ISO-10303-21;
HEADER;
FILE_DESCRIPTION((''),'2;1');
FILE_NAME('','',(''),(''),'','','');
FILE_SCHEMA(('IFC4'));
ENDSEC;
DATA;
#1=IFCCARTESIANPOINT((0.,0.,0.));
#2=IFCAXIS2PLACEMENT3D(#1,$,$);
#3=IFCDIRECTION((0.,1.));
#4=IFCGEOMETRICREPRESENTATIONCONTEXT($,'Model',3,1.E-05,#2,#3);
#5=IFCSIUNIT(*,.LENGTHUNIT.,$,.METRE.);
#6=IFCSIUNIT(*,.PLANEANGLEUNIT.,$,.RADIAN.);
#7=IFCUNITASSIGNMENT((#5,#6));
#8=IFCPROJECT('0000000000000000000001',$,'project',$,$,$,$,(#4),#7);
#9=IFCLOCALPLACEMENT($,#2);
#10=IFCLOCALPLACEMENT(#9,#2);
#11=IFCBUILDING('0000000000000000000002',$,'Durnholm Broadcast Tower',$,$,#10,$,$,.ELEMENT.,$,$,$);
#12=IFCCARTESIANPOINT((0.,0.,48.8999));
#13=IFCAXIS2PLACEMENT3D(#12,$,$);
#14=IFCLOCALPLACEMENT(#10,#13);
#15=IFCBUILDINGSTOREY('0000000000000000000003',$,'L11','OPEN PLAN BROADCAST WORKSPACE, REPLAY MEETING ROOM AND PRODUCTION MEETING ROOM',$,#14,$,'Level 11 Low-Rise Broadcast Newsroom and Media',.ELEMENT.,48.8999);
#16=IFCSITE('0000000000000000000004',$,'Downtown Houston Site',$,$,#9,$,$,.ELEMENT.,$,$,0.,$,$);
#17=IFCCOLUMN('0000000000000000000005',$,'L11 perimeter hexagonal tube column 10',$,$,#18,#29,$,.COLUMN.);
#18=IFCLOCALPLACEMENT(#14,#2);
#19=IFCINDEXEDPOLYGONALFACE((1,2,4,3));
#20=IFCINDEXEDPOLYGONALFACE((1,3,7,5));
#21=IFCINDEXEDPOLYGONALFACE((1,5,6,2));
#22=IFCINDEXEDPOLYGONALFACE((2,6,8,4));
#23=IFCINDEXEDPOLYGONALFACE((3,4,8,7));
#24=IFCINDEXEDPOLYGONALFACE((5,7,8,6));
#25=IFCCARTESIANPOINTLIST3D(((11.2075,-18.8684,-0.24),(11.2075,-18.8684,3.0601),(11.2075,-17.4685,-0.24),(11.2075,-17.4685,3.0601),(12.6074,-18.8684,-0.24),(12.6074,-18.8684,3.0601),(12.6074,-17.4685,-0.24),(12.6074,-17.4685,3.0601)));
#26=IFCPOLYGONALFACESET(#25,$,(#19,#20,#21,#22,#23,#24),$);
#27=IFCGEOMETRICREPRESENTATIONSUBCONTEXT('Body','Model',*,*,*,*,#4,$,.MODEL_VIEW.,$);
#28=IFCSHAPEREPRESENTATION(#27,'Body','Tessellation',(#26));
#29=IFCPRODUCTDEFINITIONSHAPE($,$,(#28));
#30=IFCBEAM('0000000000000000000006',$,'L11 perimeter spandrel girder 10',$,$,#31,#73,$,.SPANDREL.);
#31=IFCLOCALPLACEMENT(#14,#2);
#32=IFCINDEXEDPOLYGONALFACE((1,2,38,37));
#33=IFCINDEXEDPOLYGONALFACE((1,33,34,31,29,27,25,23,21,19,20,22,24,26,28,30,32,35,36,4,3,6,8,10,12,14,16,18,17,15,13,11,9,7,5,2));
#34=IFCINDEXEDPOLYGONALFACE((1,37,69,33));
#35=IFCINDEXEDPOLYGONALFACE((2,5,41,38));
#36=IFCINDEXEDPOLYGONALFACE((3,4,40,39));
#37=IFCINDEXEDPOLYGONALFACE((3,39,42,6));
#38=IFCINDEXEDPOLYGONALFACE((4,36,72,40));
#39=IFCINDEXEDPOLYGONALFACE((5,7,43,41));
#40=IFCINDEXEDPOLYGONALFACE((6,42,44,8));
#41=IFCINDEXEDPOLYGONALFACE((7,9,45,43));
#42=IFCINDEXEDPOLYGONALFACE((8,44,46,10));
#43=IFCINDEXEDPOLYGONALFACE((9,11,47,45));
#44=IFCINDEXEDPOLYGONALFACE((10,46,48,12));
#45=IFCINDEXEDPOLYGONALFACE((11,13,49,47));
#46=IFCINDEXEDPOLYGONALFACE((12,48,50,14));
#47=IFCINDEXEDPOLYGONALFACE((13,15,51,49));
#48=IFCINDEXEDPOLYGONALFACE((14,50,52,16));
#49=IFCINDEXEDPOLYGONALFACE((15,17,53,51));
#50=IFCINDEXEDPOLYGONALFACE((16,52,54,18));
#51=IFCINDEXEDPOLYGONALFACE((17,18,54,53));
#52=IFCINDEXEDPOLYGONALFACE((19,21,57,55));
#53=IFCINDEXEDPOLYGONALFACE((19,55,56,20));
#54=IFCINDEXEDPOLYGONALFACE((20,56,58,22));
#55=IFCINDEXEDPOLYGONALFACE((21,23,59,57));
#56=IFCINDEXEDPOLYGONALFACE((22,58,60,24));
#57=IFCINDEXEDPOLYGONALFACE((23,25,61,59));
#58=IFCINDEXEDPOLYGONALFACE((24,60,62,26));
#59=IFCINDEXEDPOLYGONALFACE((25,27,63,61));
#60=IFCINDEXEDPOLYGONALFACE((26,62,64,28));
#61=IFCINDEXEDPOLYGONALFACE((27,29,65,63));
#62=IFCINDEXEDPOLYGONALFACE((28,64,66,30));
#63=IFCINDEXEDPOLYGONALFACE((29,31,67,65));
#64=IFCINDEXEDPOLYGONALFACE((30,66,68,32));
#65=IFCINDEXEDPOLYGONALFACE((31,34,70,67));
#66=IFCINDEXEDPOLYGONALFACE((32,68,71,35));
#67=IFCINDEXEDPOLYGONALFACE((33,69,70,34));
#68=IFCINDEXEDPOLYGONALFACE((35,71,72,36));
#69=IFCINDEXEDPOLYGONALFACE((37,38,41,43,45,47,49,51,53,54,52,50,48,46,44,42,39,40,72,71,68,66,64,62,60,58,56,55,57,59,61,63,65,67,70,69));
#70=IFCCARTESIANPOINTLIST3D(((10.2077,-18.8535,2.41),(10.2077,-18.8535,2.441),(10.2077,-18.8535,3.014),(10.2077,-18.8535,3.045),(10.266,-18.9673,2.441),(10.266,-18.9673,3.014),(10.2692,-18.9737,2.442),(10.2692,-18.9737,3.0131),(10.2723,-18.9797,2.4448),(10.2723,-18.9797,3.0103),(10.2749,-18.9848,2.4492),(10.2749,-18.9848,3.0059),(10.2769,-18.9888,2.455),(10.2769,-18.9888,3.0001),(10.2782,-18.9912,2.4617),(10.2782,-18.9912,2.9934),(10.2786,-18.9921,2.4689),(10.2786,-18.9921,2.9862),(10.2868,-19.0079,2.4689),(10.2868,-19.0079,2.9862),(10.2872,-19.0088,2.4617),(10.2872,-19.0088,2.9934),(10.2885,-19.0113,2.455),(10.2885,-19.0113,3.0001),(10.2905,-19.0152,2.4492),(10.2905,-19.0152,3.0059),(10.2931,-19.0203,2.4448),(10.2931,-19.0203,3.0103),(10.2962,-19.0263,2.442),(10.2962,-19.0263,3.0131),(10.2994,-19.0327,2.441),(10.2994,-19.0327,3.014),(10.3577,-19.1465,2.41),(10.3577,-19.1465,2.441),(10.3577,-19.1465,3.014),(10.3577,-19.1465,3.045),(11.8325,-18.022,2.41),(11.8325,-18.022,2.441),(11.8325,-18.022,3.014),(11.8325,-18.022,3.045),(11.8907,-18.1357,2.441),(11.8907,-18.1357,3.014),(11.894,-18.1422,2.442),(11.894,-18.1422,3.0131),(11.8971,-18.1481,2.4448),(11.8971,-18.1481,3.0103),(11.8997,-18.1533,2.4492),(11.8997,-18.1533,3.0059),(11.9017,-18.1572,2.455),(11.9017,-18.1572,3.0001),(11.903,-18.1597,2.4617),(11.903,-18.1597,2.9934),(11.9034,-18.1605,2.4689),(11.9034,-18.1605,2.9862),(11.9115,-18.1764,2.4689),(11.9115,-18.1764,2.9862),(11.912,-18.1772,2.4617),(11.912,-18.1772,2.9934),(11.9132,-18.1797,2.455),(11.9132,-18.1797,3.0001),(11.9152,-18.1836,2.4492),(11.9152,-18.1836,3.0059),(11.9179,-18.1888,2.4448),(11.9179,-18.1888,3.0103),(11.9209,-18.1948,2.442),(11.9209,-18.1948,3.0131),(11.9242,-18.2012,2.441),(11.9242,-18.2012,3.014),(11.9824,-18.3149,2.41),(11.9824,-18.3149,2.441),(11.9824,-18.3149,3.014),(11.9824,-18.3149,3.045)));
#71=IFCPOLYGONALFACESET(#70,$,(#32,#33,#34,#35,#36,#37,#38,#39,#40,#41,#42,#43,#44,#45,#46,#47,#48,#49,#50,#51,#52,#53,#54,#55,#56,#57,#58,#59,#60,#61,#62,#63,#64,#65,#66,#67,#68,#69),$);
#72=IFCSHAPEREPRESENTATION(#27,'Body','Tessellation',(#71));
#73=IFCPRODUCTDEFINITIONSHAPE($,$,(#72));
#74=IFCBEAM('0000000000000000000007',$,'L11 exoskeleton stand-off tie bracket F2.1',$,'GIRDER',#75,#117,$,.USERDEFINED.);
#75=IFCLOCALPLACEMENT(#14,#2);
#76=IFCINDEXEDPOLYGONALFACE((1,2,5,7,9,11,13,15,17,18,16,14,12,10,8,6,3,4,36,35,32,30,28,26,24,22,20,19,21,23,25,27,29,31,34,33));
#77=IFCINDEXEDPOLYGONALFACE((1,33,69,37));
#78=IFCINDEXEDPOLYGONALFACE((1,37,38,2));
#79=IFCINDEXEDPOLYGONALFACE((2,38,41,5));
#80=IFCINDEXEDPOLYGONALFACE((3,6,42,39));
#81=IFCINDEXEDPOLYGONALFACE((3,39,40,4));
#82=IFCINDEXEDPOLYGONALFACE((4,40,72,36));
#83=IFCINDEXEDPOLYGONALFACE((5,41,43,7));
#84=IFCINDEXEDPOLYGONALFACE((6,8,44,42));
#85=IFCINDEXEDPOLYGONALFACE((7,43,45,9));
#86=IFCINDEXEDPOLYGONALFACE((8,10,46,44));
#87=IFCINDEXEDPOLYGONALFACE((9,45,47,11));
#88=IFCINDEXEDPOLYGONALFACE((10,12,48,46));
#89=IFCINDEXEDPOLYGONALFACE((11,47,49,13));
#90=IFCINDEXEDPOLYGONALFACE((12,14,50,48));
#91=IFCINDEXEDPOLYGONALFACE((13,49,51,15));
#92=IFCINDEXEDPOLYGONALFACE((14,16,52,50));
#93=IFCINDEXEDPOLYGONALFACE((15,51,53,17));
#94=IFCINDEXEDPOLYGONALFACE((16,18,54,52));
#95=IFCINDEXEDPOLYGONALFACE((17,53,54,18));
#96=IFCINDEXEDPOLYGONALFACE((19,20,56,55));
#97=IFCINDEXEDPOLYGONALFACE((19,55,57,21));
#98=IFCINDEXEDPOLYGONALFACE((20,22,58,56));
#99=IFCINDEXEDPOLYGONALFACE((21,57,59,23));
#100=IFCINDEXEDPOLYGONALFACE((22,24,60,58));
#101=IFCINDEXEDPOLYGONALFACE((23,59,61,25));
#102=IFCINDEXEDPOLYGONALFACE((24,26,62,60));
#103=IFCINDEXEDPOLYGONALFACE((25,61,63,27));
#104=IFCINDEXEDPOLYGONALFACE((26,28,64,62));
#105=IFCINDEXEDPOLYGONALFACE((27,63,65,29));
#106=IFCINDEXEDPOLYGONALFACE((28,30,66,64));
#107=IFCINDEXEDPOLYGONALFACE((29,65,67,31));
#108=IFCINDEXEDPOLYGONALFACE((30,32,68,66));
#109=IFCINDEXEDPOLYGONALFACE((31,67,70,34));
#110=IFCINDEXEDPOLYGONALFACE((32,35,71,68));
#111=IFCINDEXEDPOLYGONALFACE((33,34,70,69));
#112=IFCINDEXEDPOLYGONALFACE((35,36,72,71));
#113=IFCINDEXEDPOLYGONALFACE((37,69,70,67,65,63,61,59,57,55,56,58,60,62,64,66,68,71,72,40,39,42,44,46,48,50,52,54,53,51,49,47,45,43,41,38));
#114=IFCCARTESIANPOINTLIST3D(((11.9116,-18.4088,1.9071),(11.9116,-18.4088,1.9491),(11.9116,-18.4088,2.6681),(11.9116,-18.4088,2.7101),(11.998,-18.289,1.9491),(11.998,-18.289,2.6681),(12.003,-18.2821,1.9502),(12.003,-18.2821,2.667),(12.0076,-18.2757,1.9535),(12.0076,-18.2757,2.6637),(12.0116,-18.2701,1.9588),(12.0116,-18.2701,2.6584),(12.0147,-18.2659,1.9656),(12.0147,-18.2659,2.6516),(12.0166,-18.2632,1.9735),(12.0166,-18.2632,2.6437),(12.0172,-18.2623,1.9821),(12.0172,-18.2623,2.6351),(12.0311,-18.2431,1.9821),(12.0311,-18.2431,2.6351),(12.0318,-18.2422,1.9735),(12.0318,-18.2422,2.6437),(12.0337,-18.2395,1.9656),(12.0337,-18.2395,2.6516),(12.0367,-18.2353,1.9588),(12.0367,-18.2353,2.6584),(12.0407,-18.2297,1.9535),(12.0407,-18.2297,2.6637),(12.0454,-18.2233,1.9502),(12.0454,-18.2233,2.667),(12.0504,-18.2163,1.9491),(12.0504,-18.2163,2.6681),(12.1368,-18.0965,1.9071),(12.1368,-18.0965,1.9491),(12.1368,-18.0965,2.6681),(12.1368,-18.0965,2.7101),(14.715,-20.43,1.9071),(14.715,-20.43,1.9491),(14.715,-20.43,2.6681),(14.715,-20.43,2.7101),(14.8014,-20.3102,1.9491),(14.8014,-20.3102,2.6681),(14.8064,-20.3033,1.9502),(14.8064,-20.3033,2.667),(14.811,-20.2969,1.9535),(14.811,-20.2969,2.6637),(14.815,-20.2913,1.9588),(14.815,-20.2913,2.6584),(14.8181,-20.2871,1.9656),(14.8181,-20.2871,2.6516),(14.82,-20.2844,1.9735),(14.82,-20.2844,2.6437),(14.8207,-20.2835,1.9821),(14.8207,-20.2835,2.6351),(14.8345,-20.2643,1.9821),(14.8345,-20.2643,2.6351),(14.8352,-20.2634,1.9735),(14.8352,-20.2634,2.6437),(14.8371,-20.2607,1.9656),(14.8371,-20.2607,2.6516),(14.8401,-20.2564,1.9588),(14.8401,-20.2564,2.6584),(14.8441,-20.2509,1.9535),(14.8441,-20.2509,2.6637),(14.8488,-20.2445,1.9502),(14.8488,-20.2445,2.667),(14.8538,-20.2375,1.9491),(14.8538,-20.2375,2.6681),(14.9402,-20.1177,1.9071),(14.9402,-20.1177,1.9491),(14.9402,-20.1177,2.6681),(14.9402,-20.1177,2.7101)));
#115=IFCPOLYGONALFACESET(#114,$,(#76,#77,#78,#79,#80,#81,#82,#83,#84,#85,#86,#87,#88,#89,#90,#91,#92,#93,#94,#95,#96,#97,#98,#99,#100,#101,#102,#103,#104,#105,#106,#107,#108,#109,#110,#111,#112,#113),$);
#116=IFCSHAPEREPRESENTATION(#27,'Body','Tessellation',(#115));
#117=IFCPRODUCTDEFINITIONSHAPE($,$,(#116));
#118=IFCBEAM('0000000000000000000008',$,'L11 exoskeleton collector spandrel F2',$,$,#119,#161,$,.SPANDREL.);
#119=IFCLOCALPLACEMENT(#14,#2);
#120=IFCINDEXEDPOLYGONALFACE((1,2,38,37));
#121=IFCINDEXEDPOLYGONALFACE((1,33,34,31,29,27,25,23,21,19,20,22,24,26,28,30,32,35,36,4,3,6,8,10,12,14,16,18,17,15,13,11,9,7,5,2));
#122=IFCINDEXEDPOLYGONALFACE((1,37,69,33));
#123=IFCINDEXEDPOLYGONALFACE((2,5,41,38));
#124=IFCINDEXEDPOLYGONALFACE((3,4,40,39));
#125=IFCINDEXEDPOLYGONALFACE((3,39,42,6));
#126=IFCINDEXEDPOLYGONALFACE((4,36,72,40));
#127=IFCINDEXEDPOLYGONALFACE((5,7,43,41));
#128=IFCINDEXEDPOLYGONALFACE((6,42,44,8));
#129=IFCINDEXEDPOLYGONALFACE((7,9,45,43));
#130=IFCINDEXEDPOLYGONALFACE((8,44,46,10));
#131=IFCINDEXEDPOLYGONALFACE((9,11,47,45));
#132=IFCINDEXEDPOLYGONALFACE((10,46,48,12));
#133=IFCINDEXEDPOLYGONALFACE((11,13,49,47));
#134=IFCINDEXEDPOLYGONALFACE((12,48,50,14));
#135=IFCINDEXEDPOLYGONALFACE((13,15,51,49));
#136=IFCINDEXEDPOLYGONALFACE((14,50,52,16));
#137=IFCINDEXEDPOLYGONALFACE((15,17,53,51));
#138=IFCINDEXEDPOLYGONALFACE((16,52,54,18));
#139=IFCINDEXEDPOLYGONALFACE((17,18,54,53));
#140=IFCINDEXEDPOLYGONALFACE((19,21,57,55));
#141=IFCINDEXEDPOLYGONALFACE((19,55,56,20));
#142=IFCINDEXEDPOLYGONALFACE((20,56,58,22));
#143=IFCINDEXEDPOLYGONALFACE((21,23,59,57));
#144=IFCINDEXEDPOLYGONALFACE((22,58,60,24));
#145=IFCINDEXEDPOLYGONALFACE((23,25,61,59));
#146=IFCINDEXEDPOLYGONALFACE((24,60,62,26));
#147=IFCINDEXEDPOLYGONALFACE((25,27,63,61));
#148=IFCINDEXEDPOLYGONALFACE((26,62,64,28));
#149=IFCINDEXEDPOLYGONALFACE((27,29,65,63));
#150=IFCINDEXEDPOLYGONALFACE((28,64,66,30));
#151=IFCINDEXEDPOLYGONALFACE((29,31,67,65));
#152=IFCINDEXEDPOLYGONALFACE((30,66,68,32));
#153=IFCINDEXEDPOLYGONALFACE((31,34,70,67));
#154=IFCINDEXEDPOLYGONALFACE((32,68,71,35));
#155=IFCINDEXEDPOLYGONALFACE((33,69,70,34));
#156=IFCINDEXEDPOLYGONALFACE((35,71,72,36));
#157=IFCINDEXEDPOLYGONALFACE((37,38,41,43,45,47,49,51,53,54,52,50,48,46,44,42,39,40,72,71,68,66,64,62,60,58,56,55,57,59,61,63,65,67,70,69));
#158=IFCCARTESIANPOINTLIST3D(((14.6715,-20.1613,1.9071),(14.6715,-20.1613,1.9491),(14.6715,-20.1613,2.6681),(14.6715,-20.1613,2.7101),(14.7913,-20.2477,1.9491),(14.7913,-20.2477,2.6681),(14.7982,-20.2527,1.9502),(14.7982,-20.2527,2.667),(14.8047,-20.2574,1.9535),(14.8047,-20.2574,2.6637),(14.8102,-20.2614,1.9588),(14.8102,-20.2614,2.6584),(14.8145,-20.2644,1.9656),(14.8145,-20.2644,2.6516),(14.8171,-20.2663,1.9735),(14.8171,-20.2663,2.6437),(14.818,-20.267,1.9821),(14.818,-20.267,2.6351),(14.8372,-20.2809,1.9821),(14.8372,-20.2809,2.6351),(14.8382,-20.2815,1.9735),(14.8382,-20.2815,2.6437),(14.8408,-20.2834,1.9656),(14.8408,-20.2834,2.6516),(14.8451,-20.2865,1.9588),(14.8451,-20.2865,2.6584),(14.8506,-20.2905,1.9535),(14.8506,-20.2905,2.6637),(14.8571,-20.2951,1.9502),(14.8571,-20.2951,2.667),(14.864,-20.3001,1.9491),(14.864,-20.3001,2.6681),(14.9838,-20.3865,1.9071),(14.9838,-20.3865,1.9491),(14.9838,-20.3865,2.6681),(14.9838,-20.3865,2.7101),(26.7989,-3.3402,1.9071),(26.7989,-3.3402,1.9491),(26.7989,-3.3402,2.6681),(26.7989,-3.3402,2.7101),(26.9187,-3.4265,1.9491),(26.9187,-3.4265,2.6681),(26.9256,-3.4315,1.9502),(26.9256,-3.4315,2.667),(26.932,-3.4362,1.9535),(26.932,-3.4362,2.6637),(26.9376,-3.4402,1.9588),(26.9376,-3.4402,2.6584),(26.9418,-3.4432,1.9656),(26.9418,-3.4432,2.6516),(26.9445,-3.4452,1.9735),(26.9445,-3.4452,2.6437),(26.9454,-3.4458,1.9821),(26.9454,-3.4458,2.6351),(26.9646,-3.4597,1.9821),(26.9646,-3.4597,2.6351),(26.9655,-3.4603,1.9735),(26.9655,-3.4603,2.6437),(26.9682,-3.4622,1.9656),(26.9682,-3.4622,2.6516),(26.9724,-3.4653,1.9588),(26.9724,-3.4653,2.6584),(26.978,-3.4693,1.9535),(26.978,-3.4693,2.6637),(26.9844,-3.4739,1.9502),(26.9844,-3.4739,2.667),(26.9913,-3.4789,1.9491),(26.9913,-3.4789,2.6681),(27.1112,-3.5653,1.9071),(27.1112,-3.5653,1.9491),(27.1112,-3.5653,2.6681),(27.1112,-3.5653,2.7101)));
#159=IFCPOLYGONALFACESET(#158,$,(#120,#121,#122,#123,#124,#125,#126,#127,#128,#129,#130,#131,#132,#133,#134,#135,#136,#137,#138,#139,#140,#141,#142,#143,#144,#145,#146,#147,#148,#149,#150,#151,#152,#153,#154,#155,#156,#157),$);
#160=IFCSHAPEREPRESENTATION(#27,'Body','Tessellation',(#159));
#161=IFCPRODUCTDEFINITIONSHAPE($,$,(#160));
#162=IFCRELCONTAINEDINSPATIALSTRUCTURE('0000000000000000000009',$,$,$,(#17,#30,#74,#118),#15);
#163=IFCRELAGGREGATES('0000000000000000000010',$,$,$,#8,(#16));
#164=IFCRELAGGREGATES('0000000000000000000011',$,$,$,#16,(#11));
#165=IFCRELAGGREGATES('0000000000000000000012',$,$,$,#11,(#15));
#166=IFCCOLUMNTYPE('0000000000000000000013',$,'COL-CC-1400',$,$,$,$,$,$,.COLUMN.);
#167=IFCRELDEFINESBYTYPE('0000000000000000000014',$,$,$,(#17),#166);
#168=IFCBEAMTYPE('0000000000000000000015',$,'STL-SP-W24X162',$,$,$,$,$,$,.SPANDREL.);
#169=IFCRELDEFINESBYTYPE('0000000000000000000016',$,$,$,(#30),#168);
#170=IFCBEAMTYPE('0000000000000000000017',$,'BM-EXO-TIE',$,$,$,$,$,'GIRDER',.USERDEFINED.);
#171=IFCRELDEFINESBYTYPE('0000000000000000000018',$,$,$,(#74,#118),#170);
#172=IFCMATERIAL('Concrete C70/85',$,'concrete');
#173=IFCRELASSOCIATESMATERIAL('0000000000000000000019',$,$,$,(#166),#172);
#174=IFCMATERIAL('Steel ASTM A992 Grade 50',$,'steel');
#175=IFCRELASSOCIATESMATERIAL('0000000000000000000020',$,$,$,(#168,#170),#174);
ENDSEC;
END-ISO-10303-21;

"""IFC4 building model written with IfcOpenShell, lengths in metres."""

from ifc_helpers import new_model, si_unit, direction, frame, origin, origin_2d, place, context, subcontext, project, spatial, rectangle, i_section, extrude, source, transform, mapped, material, material_profile, profile_set, type_object, type_shapes, element, save


model = new_model("IFC4")

# Units and contexts
model_context = context("Model", 3, precision=1e-05, world=origin(), true_north=direction((0.0, 1.0)))
body_context = subcontext(model_context, "Body", "Model", "MODEL_VIEW")
ifc_project = project(units=[si_unit("LENGTHUNIT", "METRE"), si_unit("PLANEANGLEUNIT", "RADIAN")], contexts=[model_context])

# Site, building, storey
site_placement = place(None, origin())
site = spatial("IfcSite", under=ifc_project, at=site_placement, Name="Downtown Houston Site", CompositionType="ELEMENT", RefElevation=0.0)
building_placement = place(site_placement, origin())
building = spatial("IfcBuilding", under=site, at=building_placement, Name="Durnholm Broadcast Tower", CompositionType="ELEMENT")
storey_placement = place(building_placement, frame((0.0, 0.0, 48.8999)))
storey = spatial("IfcBuildingStorey", under=building, at=storey_placement, Name="L11", Description="OPEN PLAN BROADCAST WORKSPACE, REPLAY MEETING ROOM AND PRODUCTION MEETING ROOM", LongName="Level 11 Low-Rise Broadcast Newsroom and Media", CompositionType="ELEMENT", Elevation=48.8999)

# Column
ifc_material_1 = material(Name="Concrete C70/85", Category="concrete")
ifc_material_profile_1 = material_profile(ifc_material_1, rectangle(XDim=1.3999, YDim=1.3999, at=origin_2d()), Name="RC1400X1400")
ifc_profile_set_1 = profile_set([ifc_material_profile_1], Name="Concrete C70/85")
column_type = type_object("IfcColumnType", Name="COL-CC-1400", PredefinedType="COLUMN", material=ifc_profile_set_1)
shared_shape_1 = source(origin(), body_context, "Body", "SweptSolid", [
    extrude(rectangle(XDim=1.3999, YDim=1.3999, at=origin_2d()), origin(), (0.0, 0.0, 1.0), 3.3),
])
type_shapes(column_type, [shared_shape_1])
column_placement = place(storey_placement, frame((11.9075, -18.1685, -0.24), z_axis=(0.0, 0.0, 1.0), x_axis=(1.0, 0.0, 0.0)))
element("IfcColumn", 1, at=column_placement, inside=storey, type_object=column_type, Name="L11 perimeter hexagonal tube column 10", PredefinedType="COLUMN", context=body_context, shape_type="MappedRepresentation", body=[
    mapped(shared_shape_1, transform((0.0, 0.0, 0.0), x_axis=(1.0, 0.0, 0.0), y_axis=(0.0, 1.0, 0.0), z_axis=(0.0, 0.0, 1.0), scale=1.0)),
])

# Beams
ifc_material_2 = material(Name="Steel ASTM A992 Grade 50", Category="steel")
ifc_material_profile_2 = material_profile(ifc_material_2, i_section(OverallWidth=0.3291, OverallDepth=0.635, WebThickness=0.0178, FlangeThickness=0.031, FilletRadius=0.0278, at=origin_2d()), Name="W24X162")
ifc_profile_set_2 = profile_set([ifc_material_profile_2], Name="Steel ASTM A992 Grade 50")
beam_type_1 = type_object("IfcBeamType", Name="STL-SP-W24X162", PredefinedType="SPANDREL", material=ifc_profile_set_2)
shared_shape_2 = source(origin(), body_context, "Body", "SweptSolid", [
    extrude(i_section(OverallWidth=0.3291, OverallDepth=0.635, WebThickness=0.0178, FlangeThickness=0.031, FilletRadius=0.0278, at=origin_2d()), origin(), (0.0, 0.0, 1.0), 1.8252),
])
type_shapes(beam_type_1, [shared_shape_2])
beam_1_placement = place(storey_placement, frame((11.9075, -18.1685, 2.7275), z_axis=(-0.890188, -0.455594, 0.0), x_axis=(0.455594, -0.890188, 0.0)))
element("IfcBeam", 2, at=beam_1_placement, inside=storey, type_object=beam_type_1, Name="L11 perimeter spandrel girder 10", PredefinedType="SPANDREL", context=body_context, shape_type="MappedRepresentation", body=[
    mapped(shared_shape_2, transform((0.0, 0.0, 0.0), x_axis=(1.0, 0.0, 0.0), y_axis=(0.0, 1.0, 0.0), z_axis=(0.0, 0.0, 1.0), scale=1.0)),
])
ifc_material_profile_3 = material_profile(ifc_material_2, i_section(OverallWidth=0.385, OverallDepth=0.803, WebThickness=0.0237, FlangeThickness=0.042, FilletRadius=0.033, at=origin_2d()), Name="W30X261")
ifc_profile_set_3 = profile_set([ifc_material_profile_3], Name="Steel ASTM A992 Grade 50")
beam_type_2 = type_object("IfcBeamType", Name="BM-EXO-TIE", ElementType="GIRDER", PredefinedType="USERDEFINED", material=ifc_profile_set_3)
shared_shape_3 = source(origin(), body_context, "Body", "SweptSolid", [
    extrude(i_section(OverallWidth=0.385, OverallDepth=0.803, WebThickness=0.0237, FlangeThickness=0.042, FilletRadius=0.033, at=origin_2d()), origin(), (0.0, 0.0, 1.0), 3.4561),
])
beam_2_placement = place(storey_placement, frame((12.0242, -18.2527, 2.3086), z_axis=(0.811158, -0.584828, 0.0), x_axis=(0.584828, 0.811158, 0.0)))
element("IfcBeam", 3, at=beam_2_placement, inside=storey, type_object=beam_type_2, Name="L11 exoskeleton stand-off tie bracket F2.1", ObjectType="GIRDER", PredefinedType="USERDEFINED", context=body_context, shape_type="MappedRepresentation", body=[
    mapped(shared_shape_3, transform((0.0, 0.0, 0.0), x_axis=(1.0, 0.0, 0.0), y_axis=(0.0, 1.0, 0.0), z_axis=(0.0, 0.0, 1.0), scale=1.0)),
])
shared_shape_4 = source(origin(), body_context, "Body", "SweptSolid", [
    extrude(i_section(OverallWidth=0.385, OverallDepth=0.803, WebThickness=0.0237, FlangeThickness=0.042, FilletRadius=0.033, at=origin_2d()), origin(), (0.0, 0.0, 1.0), 20.7371),
])
type_shapes(beam_type_2, [shared_shape_3, shared_shape_4])
beam_3_placement = place(storey_placement, frame((14.8276, -20.2739, 2.3086), z_axis=(0.584816, 0.811166, 0.0), x_axis=(-0.811166, 0.584816, 0.0)))
element("IfcBeam", 4, at=beam_3_placement, inside=storey, type_object=beam_type_2, Name="L11 exoskeleton collector spandrel F2", PredefinedType="SPANDREL", context=body_context, shape_type="MappedRepresentation", body=[
    mapped(shared_shape_4, transform((0.0, 0.0, 0.0), x_axis=(1.0, 0.0, 0.0), y_axis=(0.0, 1.0, 0.0), z_axis=(0.0, 0.0, 1.0), scale=1.0)),
])

save(model, "model.ifc")
